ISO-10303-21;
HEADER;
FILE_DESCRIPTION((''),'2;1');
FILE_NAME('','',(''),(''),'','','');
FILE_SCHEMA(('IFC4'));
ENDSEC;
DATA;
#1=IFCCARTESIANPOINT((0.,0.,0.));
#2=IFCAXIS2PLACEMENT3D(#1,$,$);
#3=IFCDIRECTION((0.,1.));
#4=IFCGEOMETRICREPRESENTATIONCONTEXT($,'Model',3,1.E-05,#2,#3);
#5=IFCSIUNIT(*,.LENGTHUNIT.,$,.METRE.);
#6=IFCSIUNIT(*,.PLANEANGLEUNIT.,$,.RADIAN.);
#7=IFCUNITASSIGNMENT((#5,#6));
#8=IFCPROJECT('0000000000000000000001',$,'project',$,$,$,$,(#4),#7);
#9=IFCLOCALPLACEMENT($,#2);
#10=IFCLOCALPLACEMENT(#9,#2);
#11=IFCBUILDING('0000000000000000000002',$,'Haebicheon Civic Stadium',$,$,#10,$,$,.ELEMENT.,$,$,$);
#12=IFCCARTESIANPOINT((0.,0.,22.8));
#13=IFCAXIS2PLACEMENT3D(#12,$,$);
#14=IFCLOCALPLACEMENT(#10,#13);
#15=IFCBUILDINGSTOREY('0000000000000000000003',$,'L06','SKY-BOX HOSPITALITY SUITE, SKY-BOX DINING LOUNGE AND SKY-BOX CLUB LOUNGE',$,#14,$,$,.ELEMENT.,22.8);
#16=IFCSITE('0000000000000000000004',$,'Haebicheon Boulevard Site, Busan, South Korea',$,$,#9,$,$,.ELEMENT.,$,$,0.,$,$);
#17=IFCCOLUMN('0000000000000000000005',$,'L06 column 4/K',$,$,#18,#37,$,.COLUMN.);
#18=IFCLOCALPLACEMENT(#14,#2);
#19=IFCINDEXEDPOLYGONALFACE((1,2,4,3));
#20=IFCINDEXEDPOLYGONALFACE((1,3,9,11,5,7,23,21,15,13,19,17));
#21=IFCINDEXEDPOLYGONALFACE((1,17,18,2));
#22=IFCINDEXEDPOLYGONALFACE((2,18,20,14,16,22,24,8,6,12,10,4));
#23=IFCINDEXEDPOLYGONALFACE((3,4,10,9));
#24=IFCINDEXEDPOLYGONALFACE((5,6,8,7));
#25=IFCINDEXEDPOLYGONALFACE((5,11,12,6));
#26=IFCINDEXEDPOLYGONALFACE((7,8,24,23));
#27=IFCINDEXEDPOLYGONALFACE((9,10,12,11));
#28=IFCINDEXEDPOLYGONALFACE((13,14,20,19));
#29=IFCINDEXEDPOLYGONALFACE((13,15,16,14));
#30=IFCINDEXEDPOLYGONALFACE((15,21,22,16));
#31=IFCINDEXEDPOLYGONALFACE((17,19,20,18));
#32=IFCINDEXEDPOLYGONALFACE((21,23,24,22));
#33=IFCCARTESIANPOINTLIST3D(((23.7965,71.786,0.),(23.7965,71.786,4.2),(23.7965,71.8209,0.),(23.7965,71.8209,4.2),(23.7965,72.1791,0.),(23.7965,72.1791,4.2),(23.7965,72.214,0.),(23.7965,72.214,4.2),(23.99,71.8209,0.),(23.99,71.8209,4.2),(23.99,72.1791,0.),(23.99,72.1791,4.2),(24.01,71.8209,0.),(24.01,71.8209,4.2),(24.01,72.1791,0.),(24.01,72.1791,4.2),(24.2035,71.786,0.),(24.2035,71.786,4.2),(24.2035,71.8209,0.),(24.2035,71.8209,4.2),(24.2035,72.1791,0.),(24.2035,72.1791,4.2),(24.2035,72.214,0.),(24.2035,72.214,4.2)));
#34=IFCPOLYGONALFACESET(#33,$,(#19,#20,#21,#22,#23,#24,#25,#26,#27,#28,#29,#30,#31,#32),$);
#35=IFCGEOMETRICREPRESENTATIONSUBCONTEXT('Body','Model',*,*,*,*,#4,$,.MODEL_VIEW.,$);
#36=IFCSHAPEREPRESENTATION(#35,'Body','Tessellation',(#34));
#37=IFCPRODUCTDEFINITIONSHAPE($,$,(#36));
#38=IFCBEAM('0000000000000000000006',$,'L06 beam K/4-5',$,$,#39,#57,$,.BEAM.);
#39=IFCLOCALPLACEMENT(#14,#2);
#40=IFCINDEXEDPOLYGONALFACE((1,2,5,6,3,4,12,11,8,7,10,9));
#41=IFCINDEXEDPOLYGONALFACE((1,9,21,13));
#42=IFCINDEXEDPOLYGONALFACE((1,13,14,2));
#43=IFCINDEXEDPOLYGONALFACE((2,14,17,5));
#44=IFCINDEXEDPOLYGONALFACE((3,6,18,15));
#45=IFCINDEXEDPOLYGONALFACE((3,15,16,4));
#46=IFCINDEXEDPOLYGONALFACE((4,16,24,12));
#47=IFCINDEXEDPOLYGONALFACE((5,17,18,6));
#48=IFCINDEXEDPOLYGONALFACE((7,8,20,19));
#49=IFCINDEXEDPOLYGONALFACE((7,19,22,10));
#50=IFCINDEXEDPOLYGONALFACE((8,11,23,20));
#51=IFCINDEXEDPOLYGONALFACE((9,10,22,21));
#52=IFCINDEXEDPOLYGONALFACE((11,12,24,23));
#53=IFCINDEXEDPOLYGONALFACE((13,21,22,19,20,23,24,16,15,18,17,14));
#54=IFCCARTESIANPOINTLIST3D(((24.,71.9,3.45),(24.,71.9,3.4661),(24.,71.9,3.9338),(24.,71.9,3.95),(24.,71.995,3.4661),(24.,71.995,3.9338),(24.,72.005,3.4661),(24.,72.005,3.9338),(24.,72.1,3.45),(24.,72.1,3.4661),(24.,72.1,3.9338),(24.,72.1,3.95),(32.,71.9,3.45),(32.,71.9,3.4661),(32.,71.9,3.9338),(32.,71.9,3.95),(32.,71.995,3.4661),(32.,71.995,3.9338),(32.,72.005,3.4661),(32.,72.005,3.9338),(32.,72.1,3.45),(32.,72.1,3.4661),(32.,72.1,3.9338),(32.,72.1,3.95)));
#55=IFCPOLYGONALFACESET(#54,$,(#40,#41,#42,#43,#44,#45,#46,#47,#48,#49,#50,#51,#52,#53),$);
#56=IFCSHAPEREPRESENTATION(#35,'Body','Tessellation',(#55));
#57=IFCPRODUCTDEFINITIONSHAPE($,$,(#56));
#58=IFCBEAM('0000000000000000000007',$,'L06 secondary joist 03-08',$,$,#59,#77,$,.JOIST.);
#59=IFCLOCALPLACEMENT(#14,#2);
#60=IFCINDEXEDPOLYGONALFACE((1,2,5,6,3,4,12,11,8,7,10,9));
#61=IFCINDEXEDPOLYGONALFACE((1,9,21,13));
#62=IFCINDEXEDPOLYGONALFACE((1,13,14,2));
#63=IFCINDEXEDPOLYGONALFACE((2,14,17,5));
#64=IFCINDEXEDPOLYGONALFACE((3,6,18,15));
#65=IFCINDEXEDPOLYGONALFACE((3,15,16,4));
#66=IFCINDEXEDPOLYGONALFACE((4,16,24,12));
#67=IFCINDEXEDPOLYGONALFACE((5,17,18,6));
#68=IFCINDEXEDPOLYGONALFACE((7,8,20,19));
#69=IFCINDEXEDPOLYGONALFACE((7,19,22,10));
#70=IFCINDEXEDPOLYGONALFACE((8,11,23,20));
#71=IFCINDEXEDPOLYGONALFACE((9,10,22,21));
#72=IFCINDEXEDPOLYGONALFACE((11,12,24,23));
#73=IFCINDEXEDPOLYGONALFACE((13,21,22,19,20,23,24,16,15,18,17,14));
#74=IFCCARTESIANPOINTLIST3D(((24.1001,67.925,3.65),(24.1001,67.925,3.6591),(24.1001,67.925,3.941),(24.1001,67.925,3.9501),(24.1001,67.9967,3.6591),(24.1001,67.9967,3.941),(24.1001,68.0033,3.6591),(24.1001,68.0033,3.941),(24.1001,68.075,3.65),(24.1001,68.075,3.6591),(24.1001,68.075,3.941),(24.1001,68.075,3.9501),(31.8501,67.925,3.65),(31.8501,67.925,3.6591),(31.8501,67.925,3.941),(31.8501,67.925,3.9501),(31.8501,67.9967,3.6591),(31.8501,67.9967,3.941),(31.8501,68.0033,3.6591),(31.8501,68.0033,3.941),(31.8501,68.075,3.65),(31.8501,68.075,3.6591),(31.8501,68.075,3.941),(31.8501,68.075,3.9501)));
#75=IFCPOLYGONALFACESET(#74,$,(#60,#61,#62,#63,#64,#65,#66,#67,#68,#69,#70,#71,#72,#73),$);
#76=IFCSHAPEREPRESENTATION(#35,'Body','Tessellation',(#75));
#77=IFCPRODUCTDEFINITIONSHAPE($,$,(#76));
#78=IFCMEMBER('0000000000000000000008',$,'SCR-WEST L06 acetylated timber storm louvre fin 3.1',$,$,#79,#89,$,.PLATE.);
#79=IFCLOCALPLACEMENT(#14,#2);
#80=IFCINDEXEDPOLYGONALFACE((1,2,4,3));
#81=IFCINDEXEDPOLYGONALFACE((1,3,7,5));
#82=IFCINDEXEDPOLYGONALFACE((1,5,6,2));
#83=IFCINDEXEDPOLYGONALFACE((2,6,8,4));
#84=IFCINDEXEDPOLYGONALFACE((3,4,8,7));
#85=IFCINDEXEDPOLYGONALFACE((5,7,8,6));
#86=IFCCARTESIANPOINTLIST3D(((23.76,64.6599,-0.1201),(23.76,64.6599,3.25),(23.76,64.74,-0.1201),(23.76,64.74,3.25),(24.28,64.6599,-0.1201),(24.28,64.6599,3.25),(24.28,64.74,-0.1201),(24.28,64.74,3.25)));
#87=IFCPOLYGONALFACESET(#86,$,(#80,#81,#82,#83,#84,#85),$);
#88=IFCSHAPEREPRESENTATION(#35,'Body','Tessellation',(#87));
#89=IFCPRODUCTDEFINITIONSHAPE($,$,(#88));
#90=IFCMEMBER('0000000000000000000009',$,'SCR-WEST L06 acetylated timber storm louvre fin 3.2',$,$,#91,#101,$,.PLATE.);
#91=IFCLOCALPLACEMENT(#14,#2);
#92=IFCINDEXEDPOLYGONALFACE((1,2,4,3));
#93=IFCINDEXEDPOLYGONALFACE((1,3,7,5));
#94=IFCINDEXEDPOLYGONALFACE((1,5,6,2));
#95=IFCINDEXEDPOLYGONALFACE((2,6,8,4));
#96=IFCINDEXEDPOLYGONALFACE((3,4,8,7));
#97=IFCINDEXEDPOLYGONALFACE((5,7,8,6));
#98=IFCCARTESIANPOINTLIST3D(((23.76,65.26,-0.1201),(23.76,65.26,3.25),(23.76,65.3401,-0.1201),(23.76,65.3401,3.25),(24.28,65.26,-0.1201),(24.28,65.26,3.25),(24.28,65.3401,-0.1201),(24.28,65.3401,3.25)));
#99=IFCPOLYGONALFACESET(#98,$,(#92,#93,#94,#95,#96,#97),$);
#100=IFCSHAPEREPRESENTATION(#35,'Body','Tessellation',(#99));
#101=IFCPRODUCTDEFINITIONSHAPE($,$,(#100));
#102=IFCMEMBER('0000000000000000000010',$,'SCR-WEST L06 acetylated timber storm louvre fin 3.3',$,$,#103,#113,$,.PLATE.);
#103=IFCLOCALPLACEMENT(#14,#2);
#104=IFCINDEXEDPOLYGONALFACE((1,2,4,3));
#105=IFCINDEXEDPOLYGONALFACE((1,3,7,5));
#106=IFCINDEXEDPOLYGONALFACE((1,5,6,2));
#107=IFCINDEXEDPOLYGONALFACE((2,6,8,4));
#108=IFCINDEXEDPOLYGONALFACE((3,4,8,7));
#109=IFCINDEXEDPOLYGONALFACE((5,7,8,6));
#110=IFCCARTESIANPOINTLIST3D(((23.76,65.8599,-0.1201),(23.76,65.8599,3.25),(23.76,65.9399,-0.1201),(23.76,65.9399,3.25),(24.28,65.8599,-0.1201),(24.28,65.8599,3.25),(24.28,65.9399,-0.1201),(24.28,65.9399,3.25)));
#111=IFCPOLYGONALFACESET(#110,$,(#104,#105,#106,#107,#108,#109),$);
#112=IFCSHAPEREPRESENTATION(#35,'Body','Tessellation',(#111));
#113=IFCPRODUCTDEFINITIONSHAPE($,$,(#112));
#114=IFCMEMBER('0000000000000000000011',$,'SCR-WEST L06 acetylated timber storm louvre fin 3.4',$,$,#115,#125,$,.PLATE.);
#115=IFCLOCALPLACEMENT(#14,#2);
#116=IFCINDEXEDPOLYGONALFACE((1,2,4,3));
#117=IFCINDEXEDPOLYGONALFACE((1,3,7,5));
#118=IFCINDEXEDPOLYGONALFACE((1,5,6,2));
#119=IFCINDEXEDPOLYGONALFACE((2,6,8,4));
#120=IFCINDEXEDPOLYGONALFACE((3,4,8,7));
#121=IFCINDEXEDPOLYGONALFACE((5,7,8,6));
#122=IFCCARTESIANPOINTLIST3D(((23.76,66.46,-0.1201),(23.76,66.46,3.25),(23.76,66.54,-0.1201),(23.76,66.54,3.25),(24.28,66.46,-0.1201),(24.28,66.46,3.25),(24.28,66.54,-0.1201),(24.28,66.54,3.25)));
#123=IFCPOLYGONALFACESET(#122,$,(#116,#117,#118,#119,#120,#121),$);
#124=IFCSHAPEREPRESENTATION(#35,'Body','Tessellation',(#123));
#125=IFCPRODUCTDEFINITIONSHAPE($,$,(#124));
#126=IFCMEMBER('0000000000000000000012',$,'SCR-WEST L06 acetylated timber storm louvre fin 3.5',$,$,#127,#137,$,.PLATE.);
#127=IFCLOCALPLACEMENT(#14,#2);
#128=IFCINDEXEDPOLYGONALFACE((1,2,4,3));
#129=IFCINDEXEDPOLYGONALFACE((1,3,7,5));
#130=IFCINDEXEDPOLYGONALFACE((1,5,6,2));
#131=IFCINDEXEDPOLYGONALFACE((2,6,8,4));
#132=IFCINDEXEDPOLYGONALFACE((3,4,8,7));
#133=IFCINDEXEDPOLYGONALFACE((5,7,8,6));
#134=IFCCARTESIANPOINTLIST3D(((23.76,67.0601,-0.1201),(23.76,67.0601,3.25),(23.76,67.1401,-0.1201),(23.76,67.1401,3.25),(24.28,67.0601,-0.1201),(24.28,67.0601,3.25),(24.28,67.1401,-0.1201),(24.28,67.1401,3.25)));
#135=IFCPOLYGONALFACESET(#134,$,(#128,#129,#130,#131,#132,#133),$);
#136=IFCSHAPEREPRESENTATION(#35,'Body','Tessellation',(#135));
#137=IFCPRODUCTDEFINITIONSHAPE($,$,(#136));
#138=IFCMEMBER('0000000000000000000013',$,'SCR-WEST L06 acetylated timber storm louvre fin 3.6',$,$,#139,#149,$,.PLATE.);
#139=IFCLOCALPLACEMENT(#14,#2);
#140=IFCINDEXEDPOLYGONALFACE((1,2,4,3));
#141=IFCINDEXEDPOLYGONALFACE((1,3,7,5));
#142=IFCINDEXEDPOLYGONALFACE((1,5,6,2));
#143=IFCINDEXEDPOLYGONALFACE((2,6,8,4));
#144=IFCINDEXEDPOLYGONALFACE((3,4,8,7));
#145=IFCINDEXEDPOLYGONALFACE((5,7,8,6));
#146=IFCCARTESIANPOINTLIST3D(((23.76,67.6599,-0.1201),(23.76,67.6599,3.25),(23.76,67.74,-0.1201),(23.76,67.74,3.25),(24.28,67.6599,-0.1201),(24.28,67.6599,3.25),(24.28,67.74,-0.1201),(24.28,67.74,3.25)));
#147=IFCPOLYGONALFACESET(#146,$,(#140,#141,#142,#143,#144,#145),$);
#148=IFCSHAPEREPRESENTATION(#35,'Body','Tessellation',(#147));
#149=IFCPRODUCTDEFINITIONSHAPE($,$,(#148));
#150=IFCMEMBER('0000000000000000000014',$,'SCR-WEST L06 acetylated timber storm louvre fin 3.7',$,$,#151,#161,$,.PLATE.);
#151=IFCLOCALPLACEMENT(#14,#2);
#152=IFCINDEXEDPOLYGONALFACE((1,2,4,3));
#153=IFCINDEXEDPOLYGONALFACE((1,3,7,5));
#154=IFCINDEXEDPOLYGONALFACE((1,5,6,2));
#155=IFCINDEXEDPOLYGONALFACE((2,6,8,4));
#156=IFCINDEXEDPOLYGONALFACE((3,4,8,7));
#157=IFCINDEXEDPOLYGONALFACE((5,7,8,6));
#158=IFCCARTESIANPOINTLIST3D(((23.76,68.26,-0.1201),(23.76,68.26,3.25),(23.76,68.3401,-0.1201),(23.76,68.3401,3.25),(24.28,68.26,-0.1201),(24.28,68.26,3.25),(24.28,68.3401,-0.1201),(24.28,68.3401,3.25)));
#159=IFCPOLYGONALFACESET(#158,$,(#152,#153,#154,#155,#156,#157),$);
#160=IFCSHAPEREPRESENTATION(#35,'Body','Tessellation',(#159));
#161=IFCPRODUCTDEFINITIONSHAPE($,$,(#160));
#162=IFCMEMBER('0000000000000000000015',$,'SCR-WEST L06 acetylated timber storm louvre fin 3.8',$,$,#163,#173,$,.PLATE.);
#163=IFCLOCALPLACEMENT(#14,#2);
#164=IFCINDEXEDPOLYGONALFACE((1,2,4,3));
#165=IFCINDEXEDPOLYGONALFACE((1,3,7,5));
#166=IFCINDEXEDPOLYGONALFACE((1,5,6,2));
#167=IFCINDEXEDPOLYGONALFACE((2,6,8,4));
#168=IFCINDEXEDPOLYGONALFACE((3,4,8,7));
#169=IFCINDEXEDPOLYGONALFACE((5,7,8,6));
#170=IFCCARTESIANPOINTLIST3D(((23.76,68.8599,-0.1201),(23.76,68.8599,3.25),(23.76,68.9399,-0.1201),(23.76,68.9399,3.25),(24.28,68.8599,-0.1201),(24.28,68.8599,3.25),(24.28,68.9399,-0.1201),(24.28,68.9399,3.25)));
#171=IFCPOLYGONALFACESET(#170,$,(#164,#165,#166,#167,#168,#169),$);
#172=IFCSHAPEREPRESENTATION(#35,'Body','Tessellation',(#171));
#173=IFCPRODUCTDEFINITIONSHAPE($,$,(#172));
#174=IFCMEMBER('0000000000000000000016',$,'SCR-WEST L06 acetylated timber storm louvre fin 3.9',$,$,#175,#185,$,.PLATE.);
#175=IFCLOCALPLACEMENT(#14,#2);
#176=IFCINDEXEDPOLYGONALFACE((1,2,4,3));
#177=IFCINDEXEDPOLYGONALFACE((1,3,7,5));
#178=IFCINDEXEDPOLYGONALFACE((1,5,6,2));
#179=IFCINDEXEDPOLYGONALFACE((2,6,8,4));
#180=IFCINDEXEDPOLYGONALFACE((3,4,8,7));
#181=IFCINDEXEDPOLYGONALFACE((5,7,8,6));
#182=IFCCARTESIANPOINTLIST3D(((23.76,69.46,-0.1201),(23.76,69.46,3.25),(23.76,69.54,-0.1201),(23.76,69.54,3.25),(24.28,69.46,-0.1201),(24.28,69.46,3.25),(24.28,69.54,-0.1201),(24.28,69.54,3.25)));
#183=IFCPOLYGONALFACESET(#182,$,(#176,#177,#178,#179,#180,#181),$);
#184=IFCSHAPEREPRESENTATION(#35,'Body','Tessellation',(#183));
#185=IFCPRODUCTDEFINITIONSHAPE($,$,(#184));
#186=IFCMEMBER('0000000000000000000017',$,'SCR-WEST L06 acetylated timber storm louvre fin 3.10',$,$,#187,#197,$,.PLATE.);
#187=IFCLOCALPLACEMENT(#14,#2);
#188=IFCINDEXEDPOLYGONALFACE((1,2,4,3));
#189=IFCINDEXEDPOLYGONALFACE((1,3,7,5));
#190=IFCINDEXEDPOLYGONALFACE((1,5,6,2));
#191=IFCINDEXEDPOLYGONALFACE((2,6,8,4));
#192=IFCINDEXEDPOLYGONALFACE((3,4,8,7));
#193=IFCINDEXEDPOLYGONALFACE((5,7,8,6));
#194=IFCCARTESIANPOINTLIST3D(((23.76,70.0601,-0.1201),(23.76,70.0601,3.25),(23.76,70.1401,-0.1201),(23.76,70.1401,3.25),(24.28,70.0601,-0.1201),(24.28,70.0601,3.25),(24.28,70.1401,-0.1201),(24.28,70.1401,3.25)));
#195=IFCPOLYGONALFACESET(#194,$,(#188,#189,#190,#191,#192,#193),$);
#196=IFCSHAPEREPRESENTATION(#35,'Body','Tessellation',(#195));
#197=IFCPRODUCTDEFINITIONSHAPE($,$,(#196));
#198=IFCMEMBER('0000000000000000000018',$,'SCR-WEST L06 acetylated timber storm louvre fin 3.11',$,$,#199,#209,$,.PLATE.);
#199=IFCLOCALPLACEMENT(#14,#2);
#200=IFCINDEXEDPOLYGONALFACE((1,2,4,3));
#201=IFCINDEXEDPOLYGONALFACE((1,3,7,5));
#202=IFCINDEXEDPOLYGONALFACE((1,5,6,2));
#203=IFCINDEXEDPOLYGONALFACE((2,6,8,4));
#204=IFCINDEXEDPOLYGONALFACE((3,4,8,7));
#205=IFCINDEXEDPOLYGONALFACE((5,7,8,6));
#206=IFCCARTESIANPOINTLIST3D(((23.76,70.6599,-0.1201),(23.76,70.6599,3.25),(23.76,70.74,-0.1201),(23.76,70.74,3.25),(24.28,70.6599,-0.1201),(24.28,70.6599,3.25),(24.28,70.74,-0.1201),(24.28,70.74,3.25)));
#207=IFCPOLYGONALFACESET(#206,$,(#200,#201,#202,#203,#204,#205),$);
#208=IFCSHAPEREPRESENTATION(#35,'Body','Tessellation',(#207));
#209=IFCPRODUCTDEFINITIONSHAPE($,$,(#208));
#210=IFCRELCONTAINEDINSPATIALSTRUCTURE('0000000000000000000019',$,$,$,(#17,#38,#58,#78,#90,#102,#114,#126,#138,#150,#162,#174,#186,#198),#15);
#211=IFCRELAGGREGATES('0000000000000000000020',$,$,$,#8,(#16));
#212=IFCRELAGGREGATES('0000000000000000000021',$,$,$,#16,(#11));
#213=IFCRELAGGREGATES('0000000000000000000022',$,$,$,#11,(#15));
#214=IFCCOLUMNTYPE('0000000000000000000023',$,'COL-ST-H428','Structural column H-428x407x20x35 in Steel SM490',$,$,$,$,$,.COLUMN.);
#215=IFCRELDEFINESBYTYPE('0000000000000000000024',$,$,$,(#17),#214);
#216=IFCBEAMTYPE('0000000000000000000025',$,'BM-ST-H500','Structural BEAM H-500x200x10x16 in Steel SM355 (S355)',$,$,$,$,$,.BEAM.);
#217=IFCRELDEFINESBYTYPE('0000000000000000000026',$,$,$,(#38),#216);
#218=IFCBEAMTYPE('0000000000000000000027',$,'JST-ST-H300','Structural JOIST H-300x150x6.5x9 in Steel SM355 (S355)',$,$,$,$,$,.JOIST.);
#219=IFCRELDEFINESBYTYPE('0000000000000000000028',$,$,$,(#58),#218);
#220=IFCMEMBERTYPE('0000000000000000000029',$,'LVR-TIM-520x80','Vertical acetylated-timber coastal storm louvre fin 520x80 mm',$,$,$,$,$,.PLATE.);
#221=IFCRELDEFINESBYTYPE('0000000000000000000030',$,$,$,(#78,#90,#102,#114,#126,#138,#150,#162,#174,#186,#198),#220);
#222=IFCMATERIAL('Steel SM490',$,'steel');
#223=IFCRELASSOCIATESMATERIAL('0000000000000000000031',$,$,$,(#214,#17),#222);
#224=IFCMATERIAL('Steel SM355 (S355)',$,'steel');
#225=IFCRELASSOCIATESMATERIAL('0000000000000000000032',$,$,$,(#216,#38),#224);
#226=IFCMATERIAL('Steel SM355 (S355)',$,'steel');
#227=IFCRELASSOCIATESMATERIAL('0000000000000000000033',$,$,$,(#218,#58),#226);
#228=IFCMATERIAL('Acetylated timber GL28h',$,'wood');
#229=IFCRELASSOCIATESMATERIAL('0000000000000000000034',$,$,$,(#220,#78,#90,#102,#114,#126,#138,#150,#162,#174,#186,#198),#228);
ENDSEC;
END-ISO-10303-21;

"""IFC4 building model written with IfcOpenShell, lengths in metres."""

from ifc_helpers import new_model, si_unit, direction, frame, origin, origin_2d, place, context, subcontext, project, spatial, rectangle, i_section, extrude, material, material_profile, profile_set, type_object, element, save


model = new_model("IFC4")

# Units and contexts
model_context = context("Model", 3, precision=1e-05, world=origin(), true_north=direction((0.0, 1.0)))
body_context = subcontext(model_context, "Body", "Model", "MODEL_VIEW")
ifc_project = project(units=[si_unit("LENGTHUNIT", "METRE"), si_unit("PLANEANGLEUNIT", "RADIAN")], contexts=[model_context])

# Site, building, storey
site_placement = place(None, origin())
site = spatial("IfcSite", under=ifc_project, at=site_placement, Name="Haebicheon Boulevard Site, Busan, South Korea", CompositionType="ELEMENT", RefElevation=0.0)
building_placement = place(site_placement, origin())
building = spatial("IfcBuilding", under=site, at=building_placement, Name="Haebicheon Civic Stadium", CompositionType="ELEMENT")
storey_placement = place(building_placement, frame((0.0, 0.0, 22.8)))
storey = spatial("IfcBuildingStorey", under=building, at=storey_placement, Name="L06", Description="SKY-BOX HOSPITALITY SUITE, SKY-BOX DINING LOUNGE AND SKY-BOX CLUB LOUNGE", CompositionType="ELEMENT", Elevation=22.8)

# Column
ifc_material_1 = material(Name="Steel SM490", Category="steel")
ifc_material_profile_1 = material_profile(ifc_material_1, i_section(OverallWidth=0.407, OverallDepth=0.428, WebThickness=0.02, FlangeThickness=0.0349, at=origin_2d()), Name="H-428x407x20x35")
ifc_profile_set_1 = profile_set([ifc_material_profile_1], Name="Steel SM490")
column_type = type_object("IfcColumnType", Name="COL-ST-H428", Description="Structural column H-428x407x20x35 in Steel SM490", PredefinedType="COLUMN", material=ifc_profile_set_1)
column_placement = place(storey_placement, frame((24.0, 72.0, 0.0), z_axis=(0.0, 0.0, 1.0), x_axis=(1.0, 0.0, 0.0)))
element("IfcColumn", 1, at=column_placement, inside=storey, type_object=column_type, material=ifc_profile_set_1, Name="L06 column 4/K", PredefinedType="COLUMN", context=body_context, shape_type="SweptSolid", body=[
    extrude(i_section(OverallWidth=0.407, OverallDepth=0.428, WebThickness=0.02, FlangeThickness=0.0349, at=origin_2d()), origin(), (0.0, 0.0, 1.0), 4.2),
])

# Beams
ifc_material_2 = material(Name="Steel SM355 (S355)", Category="steel")
ifc_material_profile_2 = material_profile(ifc_material_2, i_section(OverallWidth=0.2, OverallDepth=0.5, WebThickness=0.01, FlangeThickness=0.0161, at=origin_2d()), Name="H-500x200x10x16")
ifc_profile_set_2 = profile_set([ifc_material_profile_2], Name="Steel SM355 (S355)")
beam_type_1 = type_object("IfcBeamType", Name="BM-ST-H500", Description="Structural BEAM H-500x200x10x16 in Steel SM355 (S355)", PredefinedType="BEAM", material=ifc_profile_set_2)
beam_1_placement = place(storey_placement, frame((24.0, 72.0, 3.7), z_axis=(1.0, 0.0, 0.0), x_axis=(0.0, 1.0, 0.0)))
element("IfcBeam", 2, at=beam_1_placement, inside=storey, type_object=beam_type_1, material=ifc_profile_set_2, Name="L06 beam K/4-5", PredefinedType="BEAM", context=body_context, shape_type="SweptSolid", body=[
    extrude(i_section(OverallWidth=0.2, OverallDepth=0.5, WebThickness=0.01, FlangeThickness=0.0161, at=origin_2d()), origin(), (0.0, 0.0, 1.0), 8.0),
])
ifc_material_3 = material(Name="Steel SM355 (S355)", Category="steel")
ifc_material_profile_3 = material_profile(ifc_material_3, i_section(OverallWidth=0.1499, OverallDepth=0.3, WebThickness=0.0066, FlangeThickness=0.009, at=origin_2d()), Name="H-300x150x6.5x9")
ifc_profile_set_3 = profile_set([ifc_material_profile_3], Name="Steel SM355 (S355)")
beam_type_2 = type_object("IfcBeamType", Name="JST-ST-H300", Description="Structural JOIST H-300x150x6.5x9 in Steel SM355 (S355)", PredefinedType="JOIST", material=ifc_profile_set_3)
beam_2_placement = place(storey_placement, frame((24.1001, 68.0, 3.8), z_axis=(1.0, 0.0, 0.0), x_axis=(0.0, 1.0, 0.0)))
element("IfcBeam", 3, at=beam_2_placement, inside=storey, type_object=beam_type_2, material=ifc_profile_set_3, Name="L06 secondary joist 03-08", PredefinedType="JOIST", context=body_context, shape_type="SweptSolid", body=[
    extrude(i_section(OverallWidth=0.1499, OverallDepth=0.3, WebThickness=0.0066, FlangeThickness=0.009, at=origin_2d()), origin(), (0.0, 0.0, 1.0), 7.75),
])

# Members
ifc_material_4 = material(Name="Acetylated timber GL28h", Category="wood")
ifc_material_profile_4 = material_profile(ifc_material_4, rectangle(XDim=0.0801, YDim=0.52, at=origin_2d()), Name="TMB-LOUV-80x520")
ifc_profile_set_4 = profile_set([ifc_material_profile_4], Name="Acetylated timber GL28h")
member_type_1 = type_object("IfcMemberType", Name="LVR-TIM-520x80", Description="Vertical acetylated-timber coastal storm louvre fin 520x80 mm", PredefinedType="PLATE", material=ifc_profile_set_4)
for number, where, z_axis, x_axis, name in (
    (4, (24.02, 64.7, -0.1201), (0.0, 0.0, 1.0), (0.0, 1.0, 0.0), "SCR-WEST L06 acetylated timber storm louvre fin 3.1"),
    (5, (24.02, 65.3, -0.1201), (0.0, 0.0, 1.0), (0.0, 1.0, 0.0), "SCR-WEST L06 acetylated timber storm louvre fin 3.2"),
    (6, (24.02, 65.8999, -0.1201), (0.0, 0.0, 1.0), (0.0, 1.0, 0.0), "SCR-WEST L06 acetylated timber storm louvre fin 3.3"),
    (7, (24.02, 66.5, -0.1201), (0.0, 0.0, 1.0), (0.0, 1.0, 0.0), "SCR-WEST L06 acetylated timber storm louvre fin 3.4"),
    (8, (24.02, 67.1001, -0.1201), (0.0, 0.0, 1.0), (0.0, 1.0, 0.0), "SCR-WEST L06 acetylated timber storm louvre fin 3.5"),
    (9, (24.02, 67.7, -0.1201), (0.0, 0.0, 1.0), (0.0, 1.0, 0.0), "SCR-WEST L06 acetylated timber storm louvre fin 3.6"),
    (10, (24.02, 68.3, -0.1201), (0.0, 0.0, 1.0), (0.0, 1.0, 0.0), "SCR-WEST L06 acetylated timber storm louvre fin 3.7"),
    (11, (24.02, 68.8999, -0.1201), (0.0, 0.0, 1.0), (0.0, 1.0, 0.0), "SCR-WEST L06 acetylated timber storm louvre fin 3.8"),
    (12, (24.02, 69.5, -0.1201), (0.0, 0.0, 1.0), (0.0, 1.0, 0.0), "SCR-WEST L06 acetylated timber storm louvre fin 3.9"),
    (13, (24.02, 70.1001, -0.1201), (0.0, 0.0, 1.0), (0.0, 1.0, 0.0), "SCR-WEST L06 acetylated timber storm louvre fin 3.10"),
    (14, (24.02, 70.7, -0.1201), (0.0, 0.0, 1.0), (0.0, 1.0, 0.0), "SCR-WEST L06 acetylated timber storm louvre fin 3.11"),
):
    element("IfcMember", number, at=place(storey_placement, frame(where, z_axis=z_axis, x_axis=x_axis)), inside=storey, type_object=member_type_1, material=ifc_profile_set_4, Name=name, PredefinedType="PLATE", context=body_context, shape_type="SweptSolid", body=[
        extrude(rectangle(XDim=0.0801, YDim=0.52, at=origin_2d()), origin(), (0.0, 0.0, 1.0), 3.3701),
    ])

save(model, "model.ifc")
